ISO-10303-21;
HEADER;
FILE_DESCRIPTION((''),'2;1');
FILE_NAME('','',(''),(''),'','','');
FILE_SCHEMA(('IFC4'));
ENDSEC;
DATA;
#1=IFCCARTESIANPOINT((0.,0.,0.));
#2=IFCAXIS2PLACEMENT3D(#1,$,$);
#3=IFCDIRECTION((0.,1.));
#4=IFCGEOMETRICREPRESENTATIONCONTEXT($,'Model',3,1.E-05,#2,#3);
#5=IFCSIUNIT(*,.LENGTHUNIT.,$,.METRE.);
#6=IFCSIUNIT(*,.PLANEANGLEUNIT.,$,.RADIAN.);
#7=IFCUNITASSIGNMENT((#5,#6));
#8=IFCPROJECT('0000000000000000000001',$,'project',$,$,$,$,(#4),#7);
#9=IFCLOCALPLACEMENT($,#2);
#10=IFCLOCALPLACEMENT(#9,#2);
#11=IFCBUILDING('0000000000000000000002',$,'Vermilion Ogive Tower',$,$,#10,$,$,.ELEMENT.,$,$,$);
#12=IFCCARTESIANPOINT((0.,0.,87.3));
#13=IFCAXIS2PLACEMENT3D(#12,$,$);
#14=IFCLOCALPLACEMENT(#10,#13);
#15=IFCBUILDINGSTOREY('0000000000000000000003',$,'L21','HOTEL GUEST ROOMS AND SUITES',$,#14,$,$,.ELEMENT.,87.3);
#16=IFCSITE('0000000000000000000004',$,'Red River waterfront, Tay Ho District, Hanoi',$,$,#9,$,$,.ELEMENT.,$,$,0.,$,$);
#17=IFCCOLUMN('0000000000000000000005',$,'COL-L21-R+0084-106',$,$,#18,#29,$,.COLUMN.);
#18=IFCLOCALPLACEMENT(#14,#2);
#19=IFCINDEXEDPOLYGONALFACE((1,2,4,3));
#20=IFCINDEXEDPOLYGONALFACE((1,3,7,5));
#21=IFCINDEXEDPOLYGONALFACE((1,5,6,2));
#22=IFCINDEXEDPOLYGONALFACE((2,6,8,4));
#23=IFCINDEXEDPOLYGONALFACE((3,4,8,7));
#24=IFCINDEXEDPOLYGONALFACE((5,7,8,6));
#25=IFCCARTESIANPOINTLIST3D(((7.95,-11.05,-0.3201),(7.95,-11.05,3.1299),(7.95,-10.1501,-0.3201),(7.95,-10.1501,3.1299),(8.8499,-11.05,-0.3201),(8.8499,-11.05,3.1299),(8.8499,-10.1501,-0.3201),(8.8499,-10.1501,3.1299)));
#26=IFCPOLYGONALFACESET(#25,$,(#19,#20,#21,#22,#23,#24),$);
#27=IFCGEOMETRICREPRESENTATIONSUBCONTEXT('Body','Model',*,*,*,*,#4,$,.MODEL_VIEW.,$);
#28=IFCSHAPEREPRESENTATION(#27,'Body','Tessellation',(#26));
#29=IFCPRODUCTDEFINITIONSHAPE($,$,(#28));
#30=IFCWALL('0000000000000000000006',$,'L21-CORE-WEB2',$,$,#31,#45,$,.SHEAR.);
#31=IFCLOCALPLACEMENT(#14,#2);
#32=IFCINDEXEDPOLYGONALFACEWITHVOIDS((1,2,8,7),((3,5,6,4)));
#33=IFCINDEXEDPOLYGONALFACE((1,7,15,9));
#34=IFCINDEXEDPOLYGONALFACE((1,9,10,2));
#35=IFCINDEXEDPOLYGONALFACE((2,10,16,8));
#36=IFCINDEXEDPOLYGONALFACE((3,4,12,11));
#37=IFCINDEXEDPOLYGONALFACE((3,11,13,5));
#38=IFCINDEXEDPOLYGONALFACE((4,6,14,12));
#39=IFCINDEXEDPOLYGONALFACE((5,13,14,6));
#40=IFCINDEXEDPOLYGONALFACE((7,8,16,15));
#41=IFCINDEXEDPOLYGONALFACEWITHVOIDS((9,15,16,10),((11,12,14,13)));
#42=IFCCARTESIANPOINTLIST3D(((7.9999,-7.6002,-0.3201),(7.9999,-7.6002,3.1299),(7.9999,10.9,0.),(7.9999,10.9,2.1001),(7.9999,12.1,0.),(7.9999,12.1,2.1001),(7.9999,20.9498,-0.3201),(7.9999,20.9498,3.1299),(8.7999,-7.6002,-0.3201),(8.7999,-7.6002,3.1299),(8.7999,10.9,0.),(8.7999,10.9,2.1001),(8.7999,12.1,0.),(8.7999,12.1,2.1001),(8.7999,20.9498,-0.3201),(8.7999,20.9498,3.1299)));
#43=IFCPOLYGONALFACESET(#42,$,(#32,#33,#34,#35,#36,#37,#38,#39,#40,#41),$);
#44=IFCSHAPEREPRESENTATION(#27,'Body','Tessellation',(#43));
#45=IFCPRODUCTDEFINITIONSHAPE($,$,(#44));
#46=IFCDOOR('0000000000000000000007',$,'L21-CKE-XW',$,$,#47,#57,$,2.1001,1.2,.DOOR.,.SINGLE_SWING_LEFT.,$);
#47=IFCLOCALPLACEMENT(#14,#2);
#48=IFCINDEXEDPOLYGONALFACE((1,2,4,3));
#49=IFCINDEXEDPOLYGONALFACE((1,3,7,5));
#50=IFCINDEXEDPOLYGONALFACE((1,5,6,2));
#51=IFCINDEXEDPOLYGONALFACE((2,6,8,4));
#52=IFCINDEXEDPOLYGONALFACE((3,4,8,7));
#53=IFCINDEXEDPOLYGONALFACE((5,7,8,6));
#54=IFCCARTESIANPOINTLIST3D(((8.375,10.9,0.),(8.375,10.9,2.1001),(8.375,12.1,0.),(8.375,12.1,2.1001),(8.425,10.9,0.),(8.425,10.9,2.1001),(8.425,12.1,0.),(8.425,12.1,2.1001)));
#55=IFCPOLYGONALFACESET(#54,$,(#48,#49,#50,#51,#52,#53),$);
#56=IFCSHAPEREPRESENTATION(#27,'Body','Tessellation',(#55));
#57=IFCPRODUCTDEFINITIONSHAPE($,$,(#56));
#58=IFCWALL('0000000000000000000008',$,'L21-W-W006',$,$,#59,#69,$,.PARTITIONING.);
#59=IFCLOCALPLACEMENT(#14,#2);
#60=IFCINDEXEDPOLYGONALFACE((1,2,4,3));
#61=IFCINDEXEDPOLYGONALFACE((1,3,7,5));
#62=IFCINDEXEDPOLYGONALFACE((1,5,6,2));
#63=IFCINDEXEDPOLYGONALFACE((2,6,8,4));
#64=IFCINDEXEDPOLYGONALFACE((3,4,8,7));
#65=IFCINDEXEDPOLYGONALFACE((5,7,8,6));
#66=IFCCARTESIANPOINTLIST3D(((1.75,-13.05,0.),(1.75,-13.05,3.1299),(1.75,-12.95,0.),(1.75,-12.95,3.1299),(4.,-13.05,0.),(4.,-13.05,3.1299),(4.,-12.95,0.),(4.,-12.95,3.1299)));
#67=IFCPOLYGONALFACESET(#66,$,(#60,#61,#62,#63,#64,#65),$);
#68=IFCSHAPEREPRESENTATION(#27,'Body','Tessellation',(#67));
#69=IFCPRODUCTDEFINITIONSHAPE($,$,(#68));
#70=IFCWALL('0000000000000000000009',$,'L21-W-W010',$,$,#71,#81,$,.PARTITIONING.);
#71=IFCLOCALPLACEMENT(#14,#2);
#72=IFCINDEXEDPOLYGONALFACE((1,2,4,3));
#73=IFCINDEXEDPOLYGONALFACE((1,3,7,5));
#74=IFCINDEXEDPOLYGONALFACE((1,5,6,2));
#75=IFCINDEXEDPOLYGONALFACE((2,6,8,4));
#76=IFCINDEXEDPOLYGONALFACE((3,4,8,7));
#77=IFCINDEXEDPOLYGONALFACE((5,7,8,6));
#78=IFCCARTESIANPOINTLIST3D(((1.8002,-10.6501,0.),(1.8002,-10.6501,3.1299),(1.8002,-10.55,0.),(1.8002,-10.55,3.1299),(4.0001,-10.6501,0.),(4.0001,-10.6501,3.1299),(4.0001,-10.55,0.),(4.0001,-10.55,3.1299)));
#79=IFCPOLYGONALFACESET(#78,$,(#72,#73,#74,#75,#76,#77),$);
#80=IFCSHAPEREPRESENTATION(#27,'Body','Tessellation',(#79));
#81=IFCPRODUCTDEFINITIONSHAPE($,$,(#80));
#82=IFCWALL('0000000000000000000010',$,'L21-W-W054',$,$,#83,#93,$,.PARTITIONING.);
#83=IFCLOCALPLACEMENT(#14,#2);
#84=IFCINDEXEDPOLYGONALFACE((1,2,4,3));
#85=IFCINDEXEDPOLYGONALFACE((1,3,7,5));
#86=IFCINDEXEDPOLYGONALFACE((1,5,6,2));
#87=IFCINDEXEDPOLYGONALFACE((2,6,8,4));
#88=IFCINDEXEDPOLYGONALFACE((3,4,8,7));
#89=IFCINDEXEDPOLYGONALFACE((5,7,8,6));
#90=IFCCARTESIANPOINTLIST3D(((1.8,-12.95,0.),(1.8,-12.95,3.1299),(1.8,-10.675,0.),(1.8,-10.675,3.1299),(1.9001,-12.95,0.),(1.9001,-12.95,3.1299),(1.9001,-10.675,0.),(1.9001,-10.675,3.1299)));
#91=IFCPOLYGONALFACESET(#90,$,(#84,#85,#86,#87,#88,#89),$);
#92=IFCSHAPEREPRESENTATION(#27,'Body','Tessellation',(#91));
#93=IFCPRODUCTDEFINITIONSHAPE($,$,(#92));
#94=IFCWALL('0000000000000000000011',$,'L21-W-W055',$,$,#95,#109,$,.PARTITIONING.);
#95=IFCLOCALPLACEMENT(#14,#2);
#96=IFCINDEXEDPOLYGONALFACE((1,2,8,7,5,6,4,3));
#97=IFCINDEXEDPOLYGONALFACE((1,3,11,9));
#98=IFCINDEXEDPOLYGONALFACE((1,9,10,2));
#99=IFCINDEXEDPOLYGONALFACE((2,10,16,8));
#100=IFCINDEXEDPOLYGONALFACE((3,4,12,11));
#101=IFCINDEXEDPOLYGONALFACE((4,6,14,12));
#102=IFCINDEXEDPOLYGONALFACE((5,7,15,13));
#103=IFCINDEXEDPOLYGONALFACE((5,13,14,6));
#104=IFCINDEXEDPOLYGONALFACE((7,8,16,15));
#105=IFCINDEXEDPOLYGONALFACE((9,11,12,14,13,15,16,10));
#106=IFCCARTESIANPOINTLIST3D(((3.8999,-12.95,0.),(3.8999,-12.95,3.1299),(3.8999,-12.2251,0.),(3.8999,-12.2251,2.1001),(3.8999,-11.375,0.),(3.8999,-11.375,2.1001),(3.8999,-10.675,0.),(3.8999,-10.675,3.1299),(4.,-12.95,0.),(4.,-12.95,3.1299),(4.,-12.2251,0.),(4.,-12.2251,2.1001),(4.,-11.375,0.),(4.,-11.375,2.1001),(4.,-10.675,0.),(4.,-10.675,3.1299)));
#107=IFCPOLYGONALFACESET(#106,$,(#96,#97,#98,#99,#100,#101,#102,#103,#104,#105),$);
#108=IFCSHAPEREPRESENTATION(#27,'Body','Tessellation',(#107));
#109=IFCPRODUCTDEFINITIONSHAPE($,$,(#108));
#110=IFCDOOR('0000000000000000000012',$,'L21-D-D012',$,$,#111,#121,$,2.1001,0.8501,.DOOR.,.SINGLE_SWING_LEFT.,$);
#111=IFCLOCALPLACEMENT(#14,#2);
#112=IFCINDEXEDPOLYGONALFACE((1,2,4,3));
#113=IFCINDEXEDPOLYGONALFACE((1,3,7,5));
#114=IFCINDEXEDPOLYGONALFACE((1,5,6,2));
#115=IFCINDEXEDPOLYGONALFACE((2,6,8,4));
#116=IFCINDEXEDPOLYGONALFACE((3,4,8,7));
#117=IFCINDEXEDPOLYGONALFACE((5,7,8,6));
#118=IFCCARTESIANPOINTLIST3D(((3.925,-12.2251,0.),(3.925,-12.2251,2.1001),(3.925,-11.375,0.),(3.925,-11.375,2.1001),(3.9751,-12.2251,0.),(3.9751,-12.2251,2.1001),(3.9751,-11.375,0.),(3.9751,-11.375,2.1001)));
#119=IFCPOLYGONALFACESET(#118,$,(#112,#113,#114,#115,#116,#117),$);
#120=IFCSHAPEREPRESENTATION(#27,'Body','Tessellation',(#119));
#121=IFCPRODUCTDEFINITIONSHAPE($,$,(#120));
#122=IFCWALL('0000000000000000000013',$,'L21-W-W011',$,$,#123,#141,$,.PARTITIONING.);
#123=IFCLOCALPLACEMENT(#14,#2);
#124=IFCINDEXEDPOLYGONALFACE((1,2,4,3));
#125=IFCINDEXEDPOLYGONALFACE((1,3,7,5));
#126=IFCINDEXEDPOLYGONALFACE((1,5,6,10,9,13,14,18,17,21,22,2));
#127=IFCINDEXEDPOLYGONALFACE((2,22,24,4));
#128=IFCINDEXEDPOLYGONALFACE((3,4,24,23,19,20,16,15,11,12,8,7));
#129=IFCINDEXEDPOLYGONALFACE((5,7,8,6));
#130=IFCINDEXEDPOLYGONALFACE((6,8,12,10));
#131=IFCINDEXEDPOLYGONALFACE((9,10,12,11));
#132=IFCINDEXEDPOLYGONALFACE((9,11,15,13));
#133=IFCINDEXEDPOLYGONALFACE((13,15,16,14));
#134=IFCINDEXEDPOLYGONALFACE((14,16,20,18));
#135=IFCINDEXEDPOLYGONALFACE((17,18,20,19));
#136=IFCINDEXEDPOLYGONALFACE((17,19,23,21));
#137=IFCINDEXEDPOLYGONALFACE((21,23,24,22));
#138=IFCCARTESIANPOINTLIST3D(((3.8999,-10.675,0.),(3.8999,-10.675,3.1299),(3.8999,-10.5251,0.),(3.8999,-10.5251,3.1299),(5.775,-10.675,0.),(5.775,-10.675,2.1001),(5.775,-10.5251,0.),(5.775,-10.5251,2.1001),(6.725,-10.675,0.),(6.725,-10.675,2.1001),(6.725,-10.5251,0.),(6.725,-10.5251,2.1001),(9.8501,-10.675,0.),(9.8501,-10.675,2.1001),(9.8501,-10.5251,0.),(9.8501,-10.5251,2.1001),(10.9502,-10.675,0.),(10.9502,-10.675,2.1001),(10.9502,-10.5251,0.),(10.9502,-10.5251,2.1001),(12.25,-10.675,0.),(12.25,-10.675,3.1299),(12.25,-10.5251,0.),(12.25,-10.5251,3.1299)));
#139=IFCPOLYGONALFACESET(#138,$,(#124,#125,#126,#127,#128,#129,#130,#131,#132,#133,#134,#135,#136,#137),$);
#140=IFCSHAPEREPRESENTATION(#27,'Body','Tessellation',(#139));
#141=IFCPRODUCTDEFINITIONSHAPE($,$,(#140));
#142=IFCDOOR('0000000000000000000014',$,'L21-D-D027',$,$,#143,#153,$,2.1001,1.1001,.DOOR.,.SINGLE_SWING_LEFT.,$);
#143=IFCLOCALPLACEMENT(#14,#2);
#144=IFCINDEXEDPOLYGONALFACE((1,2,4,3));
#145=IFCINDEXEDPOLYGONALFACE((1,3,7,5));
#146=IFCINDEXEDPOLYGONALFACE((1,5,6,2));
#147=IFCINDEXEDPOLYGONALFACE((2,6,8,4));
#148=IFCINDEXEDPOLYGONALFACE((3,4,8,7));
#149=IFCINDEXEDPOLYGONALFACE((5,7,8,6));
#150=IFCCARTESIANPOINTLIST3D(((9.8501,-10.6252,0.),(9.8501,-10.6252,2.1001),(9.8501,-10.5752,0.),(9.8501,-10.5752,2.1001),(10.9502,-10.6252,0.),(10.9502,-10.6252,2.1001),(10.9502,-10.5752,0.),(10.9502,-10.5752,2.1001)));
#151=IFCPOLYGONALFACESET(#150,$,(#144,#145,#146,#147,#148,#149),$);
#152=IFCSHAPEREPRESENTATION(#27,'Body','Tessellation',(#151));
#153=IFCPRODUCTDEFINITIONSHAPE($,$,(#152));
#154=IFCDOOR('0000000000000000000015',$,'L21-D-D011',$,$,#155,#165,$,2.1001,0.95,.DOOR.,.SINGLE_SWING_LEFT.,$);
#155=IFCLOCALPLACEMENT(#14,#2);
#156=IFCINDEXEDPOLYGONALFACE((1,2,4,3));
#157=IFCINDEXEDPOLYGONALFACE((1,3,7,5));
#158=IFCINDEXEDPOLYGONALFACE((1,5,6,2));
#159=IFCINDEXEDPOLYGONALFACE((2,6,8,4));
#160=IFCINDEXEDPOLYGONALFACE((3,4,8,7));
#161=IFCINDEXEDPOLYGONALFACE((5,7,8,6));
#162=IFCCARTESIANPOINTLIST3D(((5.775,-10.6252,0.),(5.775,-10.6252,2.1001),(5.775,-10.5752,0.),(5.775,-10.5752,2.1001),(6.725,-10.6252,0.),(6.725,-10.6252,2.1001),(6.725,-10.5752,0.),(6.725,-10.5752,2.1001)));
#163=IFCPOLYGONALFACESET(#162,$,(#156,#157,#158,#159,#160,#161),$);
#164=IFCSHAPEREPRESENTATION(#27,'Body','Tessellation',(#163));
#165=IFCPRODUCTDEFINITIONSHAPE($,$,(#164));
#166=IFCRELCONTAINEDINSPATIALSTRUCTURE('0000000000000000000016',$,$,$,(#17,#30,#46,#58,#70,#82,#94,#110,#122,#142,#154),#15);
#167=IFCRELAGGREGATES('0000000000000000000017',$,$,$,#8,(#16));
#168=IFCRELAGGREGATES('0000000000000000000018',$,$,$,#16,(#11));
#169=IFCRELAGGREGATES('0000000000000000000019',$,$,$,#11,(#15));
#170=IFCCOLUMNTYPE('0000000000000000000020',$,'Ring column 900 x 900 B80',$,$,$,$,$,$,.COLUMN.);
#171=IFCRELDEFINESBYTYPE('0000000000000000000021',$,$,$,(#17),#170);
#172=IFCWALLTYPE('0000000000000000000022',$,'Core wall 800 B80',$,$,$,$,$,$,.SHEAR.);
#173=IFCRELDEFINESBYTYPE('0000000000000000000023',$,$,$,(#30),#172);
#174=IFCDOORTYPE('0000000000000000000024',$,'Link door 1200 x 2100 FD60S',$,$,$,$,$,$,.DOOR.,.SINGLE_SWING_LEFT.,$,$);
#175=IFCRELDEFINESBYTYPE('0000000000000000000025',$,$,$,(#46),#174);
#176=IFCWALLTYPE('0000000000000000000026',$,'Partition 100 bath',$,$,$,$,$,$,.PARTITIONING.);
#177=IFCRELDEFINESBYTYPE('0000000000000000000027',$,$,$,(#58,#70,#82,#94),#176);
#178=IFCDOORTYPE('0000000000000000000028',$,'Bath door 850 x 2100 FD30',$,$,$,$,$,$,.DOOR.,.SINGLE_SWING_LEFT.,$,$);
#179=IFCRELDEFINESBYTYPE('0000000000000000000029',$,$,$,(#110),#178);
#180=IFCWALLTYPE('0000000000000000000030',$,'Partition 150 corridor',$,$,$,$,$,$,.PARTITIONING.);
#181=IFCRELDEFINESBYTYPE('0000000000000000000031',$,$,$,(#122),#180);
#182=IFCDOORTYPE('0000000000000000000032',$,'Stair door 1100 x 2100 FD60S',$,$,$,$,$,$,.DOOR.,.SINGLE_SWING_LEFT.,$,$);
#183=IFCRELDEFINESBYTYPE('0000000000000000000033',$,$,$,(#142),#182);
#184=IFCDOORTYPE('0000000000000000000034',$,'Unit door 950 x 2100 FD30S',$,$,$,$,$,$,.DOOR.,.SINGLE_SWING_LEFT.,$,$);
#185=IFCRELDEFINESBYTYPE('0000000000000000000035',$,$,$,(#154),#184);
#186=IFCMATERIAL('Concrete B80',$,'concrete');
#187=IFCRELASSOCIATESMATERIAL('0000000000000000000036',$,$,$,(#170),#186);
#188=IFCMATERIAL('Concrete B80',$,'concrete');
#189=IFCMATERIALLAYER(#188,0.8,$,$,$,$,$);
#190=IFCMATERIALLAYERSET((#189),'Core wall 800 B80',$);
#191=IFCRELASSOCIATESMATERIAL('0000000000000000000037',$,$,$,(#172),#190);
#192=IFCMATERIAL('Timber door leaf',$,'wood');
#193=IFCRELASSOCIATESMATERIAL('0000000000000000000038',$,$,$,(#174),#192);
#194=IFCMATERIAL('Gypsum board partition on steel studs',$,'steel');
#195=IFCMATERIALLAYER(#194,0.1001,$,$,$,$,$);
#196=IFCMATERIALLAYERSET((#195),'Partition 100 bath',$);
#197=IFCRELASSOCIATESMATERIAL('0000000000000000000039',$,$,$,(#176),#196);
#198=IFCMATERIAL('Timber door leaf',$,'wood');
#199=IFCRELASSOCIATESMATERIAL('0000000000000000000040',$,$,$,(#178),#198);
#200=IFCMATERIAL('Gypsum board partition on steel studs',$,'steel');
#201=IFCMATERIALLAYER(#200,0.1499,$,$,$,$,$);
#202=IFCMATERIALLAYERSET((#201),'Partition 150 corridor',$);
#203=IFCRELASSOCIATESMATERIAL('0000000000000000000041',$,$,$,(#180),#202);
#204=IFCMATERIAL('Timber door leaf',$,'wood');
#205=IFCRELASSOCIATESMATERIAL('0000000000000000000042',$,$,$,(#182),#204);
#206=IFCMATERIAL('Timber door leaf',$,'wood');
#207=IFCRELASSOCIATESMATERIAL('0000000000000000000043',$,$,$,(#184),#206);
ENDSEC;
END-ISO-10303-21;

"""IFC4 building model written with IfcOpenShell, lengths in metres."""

from ifc_helpers import new_model, si_unit, direction, frame, frame_2d, origin, origin_2d, place, context, subcontext, project, spatial, rectangle, extrude, material, layer, layer_set, material_profile, profile_set, type_object, element, fill, save


model = new_model("IFC4")

# Units and contexts
model_context = context("Model", 3, precision=1e-05, world=origin(), true_north=direction((0.0, 1.0)))
body_context = subcontext(model_context, "Body", "Model", "MODEL_VIEW")
ifc_project = project(units=[si_unit("LENGTHUNIT", "METRE"), si_unit("PLANEANGLEUNIT", "RADIAN")], contexts=[model_context])

# Site, building, storey
site_placement = place(None, origin())
site = spatial("IfcSite", under=ifc_project, at=site_placement, Name="Red River waterfront, Tay Ho District, Hanoi", CompositionType="ELEMENT", RefElevation=0.0)
building_placement = place(site_placement, origin())
building = spatial("IfcBuilding", under=site, at=building_placement, Name="Vermilion Ogive Tower", CompositionType="ELEMENT")
storey_placement = place(building_placement, frame((0.0, 0.0, 87.3)))
storey = spatial("IfcBuildingStorey", under=building, at=storey_placement, Name="L21", Description="HOTEL GUEST ROOMS AND SUITES", CompositionType="ELEMENT", Elevation=87.3)

# Column
ifc_material_1 = material(Name="Concrete B80", Category="concrete")
ifc_material_profile = material_profile(ifc_material_1, rectangle(XDim=0.8999, YDim=0.8999, at=origin_2d()), Name="900 x 900")
ifc_profile_set = profile_set([ifc_material_profile], Name="Concrete B80")
column_type = type_object("IfcColumnType", Name="Ring column 900 x 900 B80", PredefinedType="COLUMN", material=ifc_profile_set)
column_placement = place(storey_placement, frame((8.3999, -10.6001, -0.3201), z_axis=(0.0, 0.0, 1.0), x_axis=(1.0, 0.0, 0.0)))
element("IfcColumn", 1, at=column_placement, inside=storey, type_object=column_type, Name="COL-L21-R+0084-106", PredefinedType="COLUMN", context=body_context, shape_type="SweptSolid", body=[
    extrude(rectangle(XDim=0.8999, YDim=0.8999, at=origin_2d()), origin(), (0.0, 0.0, 1.0), 3.45),
])

# Wall, opening, door
ifc_material_2 = material(Name="Concrete B80", Category="concrete")
ifc_layer_1 = layer(ifc_material_2, 0.8)
ifc_layer_set_1 = layer_set([ifc_layer_1], Name="Core wall 800 B80")
wall_type_1 = type_object("IfcWallType", Name="Core wall 800 B80", PredefinedType="SHEAR", material=ifc_layer_set_1)
wall_1_placement = place(storey_placement, frame((8.3999, -7.6001, -0.3201), z_axis=(0.0, 0.0, 1.0), x_axis=(0.0, 1.0, 0.0)))
wall_1 = element("IfcWall", 2, at=wall_1_placement, inside=storey, type_object=wall_type_1, Name="L21-CORE-WEB2", PredefinedType="SHEAR", context=body_context, shape_type="SweptSolid", body=[
    extrude(rectangle(XDim=28.55, YDim=0.8, at=frame_2d((14.2749, 0.0))), origin(), (0.0, 0.0, 1.0), 3.45),
])
opening_1_placement = place(wall_1_placement, frame((18.5, 0.0, 0.3201)))
opening_1 = element("IfcOpeningElement", 3, at=opening_1_placement, cuts=wall_1, PredefinedType="OPENING", context=body_context, shape_type="SweptSolid", body=[
    extrude(rectangle(XDim=1.2, YDim=2.1001, at=frame_2d((0.6001, 1.05))), frame((0.0, 0.4099, 0.0), z_axis=(0.0, -1.0, 0.0), x_axis=(1.0, 0.0, 0.0)), (0.0, 0.0, 1.0), 0.8201),
])
ifc_material_3 = material(Name="Timber door leaf", Category="wood")
door_type_1 = type_object("IfcDoorType", Name="Link door 1200 x 2100 FD60S", OperationType="SINGLE_SWING_LEFT", PredefinedType="DOOR", material=ifc_material_3)
door_1_placement = place(opening_1_placement, origin())
door_1 = element("IfcDoor", 4, at=door_1_placement, inside=storey, type_object=door_type_1, Name="L21-CKE-XW", OperationType="SINGLE_SWING_LEFT", OverallHeight=2.1001, OverallWidth=1.2, PredefinedType="DOOR", context=body_context, shape_type="SweptSolid", body=[
    extrude(rectangle(XDim=1.2, YDim=2.1001, at=frame_2d((0.6001, 1.05))), frame((0.0, 0.0249, 0.0), z_axis=(0.0, -1.0, 0.0), x_axis=(1.0, 0.0, 0.0)), (0.0, 0.0, 1.0), 0.05),
])
fill(opening_1, door_1)

# Walls
ifc_material_4 = material(Name="Gypsum board partition on steel studs", Category="steel")
ifc_layer_2 = layer(ifc_material_4, 0.1001)
ifc_layer_set_2 = layer_set([ifc_layer_2], Name="Partition 100 bath")
wall_type_2 = type_object("IfcWallType", Name="Partition 100 bath", PredefinedType="PARTITIONING", material=ifc_layer_set_2)
wall_2_placement = place(storey_placement, frame((1.75, -13.0, 0.0), z_axis=(0.0, 0.0, 1.0), x_axis=(1.0, 0.0, 0.0)))
element("IfcWall", 5, at=wall_2_placement, inside=storey, type_object=wall_type_2, Name="L21-W-W006", PredefinedType="PARTITIONING", context=body_context, shape_type="SweptSolid", body=[
    extrude(rectangle(XDim=2.25, YDim=0.1001, at=frame_2d((1.125, 0.0))), origin(), (0.0, 0.0, 1.0), 3.1299),
])
wall_3_placement = place(storey_placement, frame((1.8, -10.6001, 0.0), z_axis=(0.0, 0.0, 1.0), x_axis=(1.0, 0.0, 0.0)))
element("IfcWall", 6, at=wall_3_placement, inside=storey, type_object=wall_type_2, Name="L21-W-W010", PredefinedType="PARTITIONING", context=body_context, shape_type="SweptSolid", body=[
    extrude(rectangle(XDim=2.2, YDim=0.1001, at=frame_2d((1.1001, 0.0))), origin(), (0.0, 0.0, 1.0), 3.1299),
])
wall_4_placement = place(storey_placement, frame((1.8501, -12.95, 0.0), z_axis=(0.0, 0.0, 1.0), x_axis=(0.0, 1.0, 0.0)))
element("IfcWall", 7, at=wall_4_placement, inside=storey, type_object=wall_type_2, Name="L21-W-W054", PredefinedType="PARTITIONING", context=body_context, shape_type="SweptSolid", body=[
    extrude(rectangle(XDim=2.2749, YDim=0.1001, at=frame_2d((1.1375, 0.0))), origin(), (0.0, 0.0, 1.0), 3.1299),
])

# Wall, opening, door
wall_5_placement = place(storey_placement, frame((3.95, -12.95, 0.0), z_axis=(0.0, 0.0, 1.0), x_axis=(0.0, 1.0, 0.0)))
wall_5 = element("IfcWall", 8, at=wall_5_placement, inside=storey, type_object=wall_type_2, Name="L21-W-W055", PredefinedType="PARTITIONING", context=body_context, shape_type="SweptSolid", body=[
    extrude(rectangle(XDim=2.2749, YDim=0.1001, at=frame_2d((1.1375, 0.0))), origin(), (0.0, 0.0, 1.0), 3.1299),
])
opening_2_placement = place(wall_5_placement, frame((0.7249, 0.0, 0.0)))
opening_2 = element("IfcOpeningElement", 9, at=opening_2_placement, cuts=wall_5, PredefinedType="OPENING", context=body_context, shape_type="SweptSolid", body=[
    extrude(rectangle(XDim=0.8501, YDim=2.1001, at=frame_2d((0.425, 1.05))), frame((0.0, 0.0601, 0.0), z_axis=(0.0, -1.0, 0.0), x_axis=(1.0, 0.0, 0.0)), (0.0, 0.0, 1.0), 0.1201),
])
ifc_material_5 = material(Name="Timber door leaf", Category="wood")
door_type_2 = type_object("IfcDoorType", Name="Bath door 850 x 2100 FD30", OperationType="SINGLE_SWING_LEFT", PredefinedType="DOOR", material=ifc_material_5)
door_2_placement = place(opening_2_placement, origin())
door_2 = element("IfcDoor", 10, at=door_2_placement, inside=storey, type_object=door_type_2, Name="L21-D-D012", OperationType="SINGLE_SWING_LEFT", OverallHeight=2.1001, OverallWidth=0.8501, PredefinedType="DOOR", context=body_context, shape_type="SweptSolid", body=[
    extrude(rectangle(XDim=0.8501, YDim=2.1001, at=frame_2d((0.425, 1.05))), frame((0.0, 0.0249, 0.0), z_axis=(0.0, -1.0, 0.0), x_axis=(1.0, 0.0, 0.0)), (0.0, 0.0, 1.0), 0.05),
])
fill(opening_2, door_2)

# Wall, openings, doors
ifc_material_6 = material(Name="Gypsum board partition on steel studs", Category="steel")
ifc_layer_3 = layer(ifc_material_6, 0.1499)
ifc_layer_set_3 = layer_set([ifc_layer_3], Name="Partition 150 corridor")
wall_type_3 = type_object("IfcWallType", Name="Partition 150 corridor", PredefinedType="PARTITIONING", material=ifc_layer_set_3)
wall_6_placement = place(storey_placement, frame((3.8999, -10.6001, 0.0), z_axis=(0.0, 0.0, 1.0), x_axis=(1.0, 0.0, 0.0)))
wall_6 = element("IfcWall", 11, at=wall_6_placement, inside=storey, type_object=wall_type_3, Name="L21-W-W011", PredefinedType="PARTITIONING", context=body_context, shape_type="SweptSolid", body=[
    extrude(rectangle(XDim=8.3501, YDim=0.1499, at=frame_2d((4.175, 0.0))), origin(), (0.0, 0.0, 1.0), 3.1299),
])
opening_3_placement = place(wall_6_placement, frame((1.875, 0.0, 0.0)))
opening_3 = element("IfcOpeningElement", 12, at=opening_3_placement, cuts=wall_6, PredefinedType="OPENING", context=body_context, shape_type="SweptSolid", body=[
    extrude(rectangle(XDim=0.95, YDim=2.1001, at=frame_2d((0.4751, 1.05))), frame((0.0, 0.085, 0.0), z_axis=(0.0, -1.0, 0.0), x_axis=(1.0, 0.0, 0.0)), (0.0, 0.0, 1.0), 0.1699),
])
opening_4_placement = place(wall_6_placement, frame((5.9502, 0.0, 0.0)))
opening_4 = element("IfcOpeningElement", 13, at=opening_4_placement, cuts=wall_6, PredefinedType="OPENING", context=body_context, shape_type="SweptSolid", body=[
    extrude(rectangle(XDim=1.1001, YDim=2.1001, at=frame_2d((0.55, 1.05))), frame((0.0, 0.085, 0.0), z_axis=(0.0, -1.0, 0.0), x_axis=(1.0, 0.0, 0.0)), (0.0, 0.0, 1.0), 0.1699),
])
ifc_material_7 = material(Name="Timber door leaf", Category="wood")
door_type_3 = type_object("IfcDoorType", Name="Stair door 1100 x 2100 FD60S", OperationType="SINGLE_SWING_LEFT", PredefinedType="DOOR", material=ifc_material_7)
door_3_placement = place(opening_4_placement, origin())
door_3 = element("IfcDoor", 14, at=door_3_placement, inside=storey, type_object=door_type_3, Name="L21-D-D027", OperationType="SINGLE_SWING_LEFT", OverallHeight=2.1001, OverallWidth=1.1001, PredefinedType="DOOR", context=body_context, shape_type="SweptSolid", body=[
    extrude(rectangle(XDim=1.1001, YDim=2.1001, at=frame_2d((0.55, 1.05))), frame((0.0, 0.0249, 0.0), z_axis=(0.0, -1.0, 0.0), x_axis=(1.0, 0.0, 0.0)), (0.0, 0.0, 1.0), 0.05),
])
fill(opening_4, door_3)
ifc_material_8 = material(Name="Timber door leaf", Category="wood")
door_type_4 = type_object("IfcDoorType", Name="Unit door 950 x 2100 FD30S", OperationType="SINGLE_SWING_LEFT", PredefinedType="DOOR", material=ifc_material_8)
door_4_placement = place(opening_3_placement, origin())
door_4 = element("IfcDoor", 15, at=door_4_placement, inside=storey, type_object=door_type_4, Name="L21-D-D011", OperationType="SINGLE_SWING_LEFT", OverallHeight=2.1001, OverallWidth=0.95, PredefinedType="DOOR", context=body_context, shape_type="SweptSolid", body=[
    extrude(rectangle(XDim=0.95, YDim=2.1001, at=frame_2d((0.4751, 1.05))), frame((0.0, 0.0249, 0.0), z_axis=(0.0, -1.0, 0.0), x_axis=(1.0, 0.0, 0.0)), (0.0, 0.0, 1.0), 0.05),
])
fill(opening_3, door_4)

save(model, "model.ifc")
